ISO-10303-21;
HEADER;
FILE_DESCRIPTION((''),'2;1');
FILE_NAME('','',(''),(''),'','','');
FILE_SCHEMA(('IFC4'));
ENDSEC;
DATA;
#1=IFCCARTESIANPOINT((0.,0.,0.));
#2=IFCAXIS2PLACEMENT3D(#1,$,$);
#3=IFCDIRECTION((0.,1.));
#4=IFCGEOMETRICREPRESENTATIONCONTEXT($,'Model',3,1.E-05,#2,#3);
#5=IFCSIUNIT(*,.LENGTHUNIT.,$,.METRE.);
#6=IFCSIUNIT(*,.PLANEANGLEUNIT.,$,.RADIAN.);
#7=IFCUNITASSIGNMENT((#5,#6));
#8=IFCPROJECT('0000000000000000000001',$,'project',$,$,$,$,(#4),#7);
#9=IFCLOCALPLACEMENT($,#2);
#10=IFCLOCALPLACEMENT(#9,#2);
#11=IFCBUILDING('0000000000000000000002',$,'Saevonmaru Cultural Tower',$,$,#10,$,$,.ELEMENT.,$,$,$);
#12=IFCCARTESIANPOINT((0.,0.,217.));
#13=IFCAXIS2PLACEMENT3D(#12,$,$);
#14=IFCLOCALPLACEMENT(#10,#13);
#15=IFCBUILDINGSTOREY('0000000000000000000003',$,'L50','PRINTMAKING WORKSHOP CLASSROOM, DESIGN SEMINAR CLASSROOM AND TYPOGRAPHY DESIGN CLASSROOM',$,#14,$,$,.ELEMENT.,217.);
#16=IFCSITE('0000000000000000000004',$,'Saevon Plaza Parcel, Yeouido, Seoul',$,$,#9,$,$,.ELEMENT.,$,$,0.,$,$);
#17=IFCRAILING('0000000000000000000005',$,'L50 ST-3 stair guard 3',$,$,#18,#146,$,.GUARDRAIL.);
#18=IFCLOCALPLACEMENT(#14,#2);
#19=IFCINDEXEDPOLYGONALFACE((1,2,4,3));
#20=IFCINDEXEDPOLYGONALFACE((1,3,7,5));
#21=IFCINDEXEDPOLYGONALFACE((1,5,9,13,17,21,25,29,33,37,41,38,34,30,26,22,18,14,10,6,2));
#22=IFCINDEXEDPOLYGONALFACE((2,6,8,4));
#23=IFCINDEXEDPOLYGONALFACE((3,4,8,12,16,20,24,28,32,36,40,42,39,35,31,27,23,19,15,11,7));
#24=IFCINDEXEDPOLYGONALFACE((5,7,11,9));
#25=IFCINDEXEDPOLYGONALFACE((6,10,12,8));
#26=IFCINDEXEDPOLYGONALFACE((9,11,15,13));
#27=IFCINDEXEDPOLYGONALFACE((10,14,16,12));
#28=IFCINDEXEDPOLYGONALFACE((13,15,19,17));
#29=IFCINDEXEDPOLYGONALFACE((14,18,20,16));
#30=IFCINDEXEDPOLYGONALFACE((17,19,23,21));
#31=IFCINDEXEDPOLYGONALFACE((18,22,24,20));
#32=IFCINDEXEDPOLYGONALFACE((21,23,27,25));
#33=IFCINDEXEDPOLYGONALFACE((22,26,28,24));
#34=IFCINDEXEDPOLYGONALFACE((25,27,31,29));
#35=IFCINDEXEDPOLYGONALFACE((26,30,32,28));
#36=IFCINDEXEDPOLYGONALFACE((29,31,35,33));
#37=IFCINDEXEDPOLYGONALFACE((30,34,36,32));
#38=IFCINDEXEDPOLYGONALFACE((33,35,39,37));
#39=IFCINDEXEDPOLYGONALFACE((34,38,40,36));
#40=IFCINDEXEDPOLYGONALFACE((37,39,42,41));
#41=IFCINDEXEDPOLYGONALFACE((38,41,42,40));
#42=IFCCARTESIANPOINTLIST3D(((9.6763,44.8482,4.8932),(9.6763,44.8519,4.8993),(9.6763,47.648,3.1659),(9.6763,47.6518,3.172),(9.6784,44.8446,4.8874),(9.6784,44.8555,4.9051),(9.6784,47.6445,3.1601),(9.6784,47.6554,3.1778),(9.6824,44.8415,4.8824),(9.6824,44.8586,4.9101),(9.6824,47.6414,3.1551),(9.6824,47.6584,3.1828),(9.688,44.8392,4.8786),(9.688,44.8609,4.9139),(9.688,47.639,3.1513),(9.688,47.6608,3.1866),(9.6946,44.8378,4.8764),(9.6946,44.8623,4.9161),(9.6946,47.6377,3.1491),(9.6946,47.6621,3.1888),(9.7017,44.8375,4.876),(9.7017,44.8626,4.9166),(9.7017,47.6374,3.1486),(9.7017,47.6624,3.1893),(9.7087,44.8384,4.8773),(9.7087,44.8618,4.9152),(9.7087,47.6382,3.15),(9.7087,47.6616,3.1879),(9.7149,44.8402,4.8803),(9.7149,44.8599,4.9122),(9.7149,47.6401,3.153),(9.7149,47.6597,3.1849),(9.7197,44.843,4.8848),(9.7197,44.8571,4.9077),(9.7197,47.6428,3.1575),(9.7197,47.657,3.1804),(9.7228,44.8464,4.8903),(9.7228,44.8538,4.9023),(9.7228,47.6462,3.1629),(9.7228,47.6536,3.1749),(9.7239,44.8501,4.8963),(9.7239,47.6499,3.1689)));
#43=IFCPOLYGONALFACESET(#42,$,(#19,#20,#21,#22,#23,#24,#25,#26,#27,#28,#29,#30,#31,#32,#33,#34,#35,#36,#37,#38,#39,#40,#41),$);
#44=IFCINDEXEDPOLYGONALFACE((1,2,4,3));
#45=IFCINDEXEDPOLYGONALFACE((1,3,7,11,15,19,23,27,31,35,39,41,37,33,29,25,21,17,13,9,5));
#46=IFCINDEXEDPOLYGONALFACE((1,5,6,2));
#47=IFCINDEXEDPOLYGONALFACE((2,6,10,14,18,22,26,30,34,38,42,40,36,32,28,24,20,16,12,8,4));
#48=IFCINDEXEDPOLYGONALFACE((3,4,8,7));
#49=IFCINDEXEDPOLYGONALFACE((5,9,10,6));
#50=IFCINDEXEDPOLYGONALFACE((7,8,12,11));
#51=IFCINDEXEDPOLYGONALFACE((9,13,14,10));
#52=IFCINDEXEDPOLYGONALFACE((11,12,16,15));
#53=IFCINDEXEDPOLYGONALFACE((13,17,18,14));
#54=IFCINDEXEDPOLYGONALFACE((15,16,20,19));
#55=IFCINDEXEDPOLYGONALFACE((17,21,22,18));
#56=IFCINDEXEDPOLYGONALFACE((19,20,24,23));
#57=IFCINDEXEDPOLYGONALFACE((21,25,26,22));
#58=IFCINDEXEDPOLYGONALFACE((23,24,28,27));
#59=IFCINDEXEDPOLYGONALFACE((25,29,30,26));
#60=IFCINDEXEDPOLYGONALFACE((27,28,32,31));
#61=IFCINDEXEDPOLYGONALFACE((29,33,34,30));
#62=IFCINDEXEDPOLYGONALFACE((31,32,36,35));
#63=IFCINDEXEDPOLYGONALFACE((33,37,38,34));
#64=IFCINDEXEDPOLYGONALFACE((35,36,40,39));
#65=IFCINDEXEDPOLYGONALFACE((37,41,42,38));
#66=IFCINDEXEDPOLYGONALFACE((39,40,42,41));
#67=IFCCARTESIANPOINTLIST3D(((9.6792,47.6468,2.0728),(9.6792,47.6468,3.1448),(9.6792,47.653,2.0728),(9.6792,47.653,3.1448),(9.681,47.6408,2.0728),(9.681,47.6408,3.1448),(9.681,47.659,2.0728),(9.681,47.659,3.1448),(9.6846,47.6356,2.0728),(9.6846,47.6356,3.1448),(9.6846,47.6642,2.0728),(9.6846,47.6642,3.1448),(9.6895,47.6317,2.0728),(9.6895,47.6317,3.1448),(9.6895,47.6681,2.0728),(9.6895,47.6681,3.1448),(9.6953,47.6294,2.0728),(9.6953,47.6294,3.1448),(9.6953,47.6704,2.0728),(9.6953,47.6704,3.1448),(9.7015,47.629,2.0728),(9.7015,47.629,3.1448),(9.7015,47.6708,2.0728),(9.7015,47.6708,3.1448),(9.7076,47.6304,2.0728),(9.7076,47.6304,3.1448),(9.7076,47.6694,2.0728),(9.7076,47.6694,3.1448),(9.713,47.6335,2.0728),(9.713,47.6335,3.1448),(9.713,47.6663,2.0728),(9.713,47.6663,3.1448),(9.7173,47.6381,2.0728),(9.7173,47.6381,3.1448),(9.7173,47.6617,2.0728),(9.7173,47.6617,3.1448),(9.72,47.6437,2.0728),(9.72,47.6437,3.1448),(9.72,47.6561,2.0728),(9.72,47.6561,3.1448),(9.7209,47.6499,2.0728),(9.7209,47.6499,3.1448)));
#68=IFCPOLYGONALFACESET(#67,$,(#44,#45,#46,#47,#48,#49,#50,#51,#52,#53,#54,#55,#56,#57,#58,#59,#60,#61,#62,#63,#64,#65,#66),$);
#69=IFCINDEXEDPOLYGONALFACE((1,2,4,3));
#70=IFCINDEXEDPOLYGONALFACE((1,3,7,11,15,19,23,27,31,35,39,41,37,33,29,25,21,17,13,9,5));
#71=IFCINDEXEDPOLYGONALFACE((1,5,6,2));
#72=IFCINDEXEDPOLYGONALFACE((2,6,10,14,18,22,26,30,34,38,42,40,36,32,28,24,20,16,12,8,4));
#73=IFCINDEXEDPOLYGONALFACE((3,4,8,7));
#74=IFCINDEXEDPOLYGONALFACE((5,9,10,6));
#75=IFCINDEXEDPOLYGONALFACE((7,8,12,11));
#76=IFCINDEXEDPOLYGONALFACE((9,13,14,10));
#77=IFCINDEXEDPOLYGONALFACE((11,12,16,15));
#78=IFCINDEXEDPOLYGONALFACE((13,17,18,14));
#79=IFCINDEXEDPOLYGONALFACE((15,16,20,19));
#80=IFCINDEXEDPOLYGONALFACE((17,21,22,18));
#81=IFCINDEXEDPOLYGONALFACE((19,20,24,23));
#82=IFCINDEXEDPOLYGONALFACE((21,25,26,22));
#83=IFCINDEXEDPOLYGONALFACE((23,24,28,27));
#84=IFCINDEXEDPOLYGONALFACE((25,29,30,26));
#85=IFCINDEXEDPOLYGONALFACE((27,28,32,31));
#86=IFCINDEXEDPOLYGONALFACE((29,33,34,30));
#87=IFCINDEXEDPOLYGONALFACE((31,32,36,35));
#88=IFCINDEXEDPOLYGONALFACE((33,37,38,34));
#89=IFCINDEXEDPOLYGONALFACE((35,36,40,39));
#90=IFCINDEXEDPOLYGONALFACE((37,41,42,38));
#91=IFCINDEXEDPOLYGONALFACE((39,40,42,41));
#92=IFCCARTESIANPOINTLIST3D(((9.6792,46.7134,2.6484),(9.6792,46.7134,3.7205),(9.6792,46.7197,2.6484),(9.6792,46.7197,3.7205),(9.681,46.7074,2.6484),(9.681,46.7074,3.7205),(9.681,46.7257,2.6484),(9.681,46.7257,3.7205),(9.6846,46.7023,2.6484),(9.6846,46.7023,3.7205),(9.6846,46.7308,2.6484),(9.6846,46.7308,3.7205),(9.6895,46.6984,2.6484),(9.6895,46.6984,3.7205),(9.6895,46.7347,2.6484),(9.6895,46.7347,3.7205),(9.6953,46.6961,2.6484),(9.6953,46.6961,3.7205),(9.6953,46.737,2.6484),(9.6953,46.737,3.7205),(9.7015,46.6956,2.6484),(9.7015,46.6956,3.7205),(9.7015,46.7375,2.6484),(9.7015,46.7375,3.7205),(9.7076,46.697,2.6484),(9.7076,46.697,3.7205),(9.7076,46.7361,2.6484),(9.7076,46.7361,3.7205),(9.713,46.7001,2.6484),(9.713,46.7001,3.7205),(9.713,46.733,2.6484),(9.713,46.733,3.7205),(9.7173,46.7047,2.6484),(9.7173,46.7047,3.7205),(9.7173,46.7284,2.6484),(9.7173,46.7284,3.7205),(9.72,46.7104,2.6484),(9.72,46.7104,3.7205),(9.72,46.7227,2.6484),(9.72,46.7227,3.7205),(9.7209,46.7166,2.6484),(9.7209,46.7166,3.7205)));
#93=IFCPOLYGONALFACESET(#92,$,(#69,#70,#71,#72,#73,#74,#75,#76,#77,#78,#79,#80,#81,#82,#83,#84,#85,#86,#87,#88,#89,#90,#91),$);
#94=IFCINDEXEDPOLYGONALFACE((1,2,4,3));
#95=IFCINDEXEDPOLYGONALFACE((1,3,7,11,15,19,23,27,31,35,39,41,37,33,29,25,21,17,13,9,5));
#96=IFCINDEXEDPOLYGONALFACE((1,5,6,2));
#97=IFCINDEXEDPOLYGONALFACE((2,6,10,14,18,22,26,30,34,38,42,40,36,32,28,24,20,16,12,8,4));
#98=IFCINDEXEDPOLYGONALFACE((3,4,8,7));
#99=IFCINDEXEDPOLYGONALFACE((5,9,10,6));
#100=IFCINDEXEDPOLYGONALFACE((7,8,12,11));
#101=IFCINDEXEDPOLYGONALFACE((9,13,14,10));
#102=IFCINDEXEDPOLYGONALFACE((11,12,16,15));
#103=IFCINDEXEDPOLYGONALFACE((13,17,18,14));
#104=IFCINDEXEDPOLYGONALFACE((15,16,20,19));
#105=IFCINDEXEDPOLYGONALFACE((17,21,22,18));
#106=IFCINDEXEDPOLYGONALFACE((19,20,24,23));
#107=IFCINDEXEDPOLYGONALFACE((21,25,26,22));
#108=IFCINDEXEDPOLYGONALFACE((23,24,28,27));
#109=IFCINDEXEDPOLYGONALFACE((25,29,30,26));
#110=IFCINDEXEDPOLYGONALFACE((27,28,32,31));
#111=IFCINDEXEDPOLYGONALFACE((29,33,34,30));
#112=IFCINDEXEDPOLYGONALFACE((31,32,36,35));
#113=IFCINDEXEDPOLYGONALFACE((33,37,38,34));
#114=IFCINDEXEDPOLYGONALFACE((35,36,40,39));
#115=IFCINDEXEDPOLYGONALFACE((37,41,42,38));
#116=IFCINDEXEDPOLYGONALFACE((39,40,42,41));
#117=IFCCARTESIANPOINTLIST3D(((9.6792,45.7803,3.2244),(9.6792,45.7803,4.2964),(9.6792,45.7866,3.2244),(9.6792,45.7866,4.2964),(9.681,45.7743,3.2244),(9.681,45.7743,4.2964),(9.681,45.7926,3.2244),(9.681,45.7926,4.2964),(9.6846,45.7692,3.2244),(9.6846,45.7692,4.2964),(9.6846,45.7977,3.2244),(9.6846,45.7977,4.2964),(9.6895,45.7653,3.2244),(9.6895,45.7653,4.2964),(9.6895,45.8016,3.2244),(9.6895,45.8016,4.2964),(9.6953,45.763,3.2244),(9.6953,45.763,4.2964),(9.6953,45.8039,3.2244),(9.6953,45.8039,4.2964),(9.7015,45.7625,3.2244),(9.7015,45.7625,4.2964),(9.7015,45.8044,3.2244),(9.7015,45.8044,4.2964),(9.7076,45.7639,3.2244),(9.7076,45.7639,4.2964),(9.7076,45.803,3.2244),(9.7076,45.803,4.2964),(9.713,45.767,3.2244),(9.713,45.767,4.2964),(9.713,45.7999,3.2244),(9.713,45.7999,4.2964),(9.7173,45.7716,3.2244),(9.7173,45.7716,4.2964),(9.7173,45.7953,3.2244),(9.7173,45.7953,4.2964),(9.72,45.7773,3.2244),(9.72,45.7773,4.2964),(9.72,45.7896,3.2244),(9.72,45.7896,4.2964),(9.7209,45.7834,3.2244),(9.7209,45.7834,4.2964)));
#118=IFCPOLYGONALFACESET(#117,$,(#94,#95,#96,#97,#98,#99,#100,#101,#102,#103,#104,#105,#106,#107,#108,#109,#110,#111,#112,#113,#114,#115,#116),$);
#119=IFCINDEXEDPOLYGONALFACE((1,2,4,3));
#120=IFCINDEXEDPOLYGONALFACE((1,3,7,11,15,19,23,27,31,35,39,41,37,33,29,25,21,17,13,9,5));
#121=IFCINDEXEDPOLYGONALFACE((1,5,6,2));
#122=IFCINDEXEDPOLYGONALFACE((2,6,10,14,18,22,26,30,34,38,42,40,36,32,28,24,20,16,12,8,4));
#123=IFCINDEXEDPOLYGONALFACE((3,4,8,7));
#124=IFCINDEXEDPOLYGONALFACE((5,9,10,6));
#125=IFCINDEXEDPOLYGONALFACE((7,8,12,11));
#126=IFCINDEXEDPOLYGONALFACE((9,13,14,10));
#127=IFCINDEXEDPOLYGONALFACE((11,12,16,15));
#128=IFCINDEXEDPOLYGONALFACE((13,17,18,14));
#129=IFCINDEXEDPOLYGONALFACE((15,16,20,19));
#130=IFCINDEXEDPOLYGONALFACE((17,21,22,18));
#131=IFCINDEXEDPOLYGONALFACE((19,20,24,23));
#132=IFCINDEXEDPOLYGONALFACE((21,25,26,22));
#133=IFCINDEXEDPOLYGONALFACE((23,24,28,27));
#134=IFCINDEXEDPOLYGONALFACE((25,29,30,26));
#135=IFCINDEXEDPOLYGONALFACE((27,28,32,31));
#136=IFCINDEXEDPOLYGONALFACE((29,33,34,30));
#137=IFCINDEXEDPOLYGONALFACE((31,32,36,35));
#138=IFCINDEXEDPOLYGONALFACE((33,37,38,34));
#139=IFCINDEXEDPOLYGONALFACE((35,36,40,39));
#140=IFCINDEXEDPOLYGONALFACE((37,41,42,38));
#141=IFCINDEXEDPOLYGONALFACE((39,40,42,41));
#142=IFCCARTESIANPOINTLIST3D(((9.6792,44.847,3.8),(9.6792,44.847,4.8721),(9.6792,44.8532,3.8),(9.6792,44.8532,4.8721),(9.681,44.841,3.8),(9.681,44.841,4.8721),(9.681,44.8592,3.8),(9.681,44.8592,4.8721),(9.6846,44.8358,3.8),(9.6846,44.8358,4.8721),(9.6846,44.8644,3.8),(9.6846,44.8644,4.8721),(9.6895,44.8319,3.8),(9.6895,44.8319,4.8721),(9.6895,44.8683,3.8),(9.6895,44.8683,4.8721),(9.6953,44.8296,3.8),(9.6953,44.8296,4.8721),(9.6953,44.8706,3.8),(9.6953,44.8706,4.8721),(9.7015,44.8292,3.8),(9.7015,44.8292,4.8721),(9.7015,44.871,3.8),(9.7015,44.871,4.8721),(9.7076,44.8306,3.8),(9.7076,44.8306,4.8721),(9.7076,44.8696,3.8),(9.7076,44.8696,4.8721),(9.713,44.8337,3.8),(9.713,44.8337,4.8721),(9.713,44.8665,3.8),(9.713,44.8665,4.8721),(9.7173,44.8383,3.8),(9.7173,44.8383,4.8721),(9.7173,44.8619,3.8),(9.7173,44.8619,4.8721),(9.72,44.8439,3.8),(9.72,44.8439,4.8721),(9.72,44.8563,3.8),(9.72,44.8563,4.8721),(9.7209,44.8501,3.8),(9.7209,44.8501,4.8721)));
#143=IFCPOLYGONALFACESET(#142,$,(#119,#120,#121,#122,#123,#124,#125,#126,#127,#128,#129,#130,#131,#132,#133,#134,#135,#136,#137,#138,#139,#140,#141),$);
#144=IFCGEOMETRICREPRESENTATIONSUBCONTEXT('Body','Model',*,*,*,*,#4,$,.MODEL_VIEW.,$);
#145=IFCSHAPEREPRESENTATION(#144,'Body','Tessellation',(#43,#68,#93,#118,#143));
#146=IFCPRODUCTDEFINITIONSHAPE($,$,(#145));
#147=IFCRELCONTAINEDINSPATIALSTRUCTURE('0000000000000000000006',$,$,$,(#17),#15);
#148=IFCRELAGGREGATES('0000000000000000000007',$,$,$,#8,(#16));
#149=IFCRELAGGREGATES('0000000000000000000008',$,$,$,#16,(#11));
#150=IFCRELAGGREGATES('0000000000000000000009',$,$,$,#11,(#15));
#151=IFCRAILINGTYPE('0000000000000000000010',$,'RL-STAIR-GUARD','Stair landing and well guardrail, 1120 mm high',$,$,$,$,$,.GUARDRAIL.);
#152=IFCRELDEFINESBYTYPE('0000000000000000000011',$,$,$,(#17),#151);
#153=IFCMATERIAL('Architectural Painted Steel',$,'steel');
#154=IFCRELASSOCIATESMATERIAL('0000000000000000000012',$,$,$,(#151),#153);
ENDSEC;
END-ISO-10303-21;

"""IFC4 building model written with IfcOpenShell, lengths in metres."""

from ifc_helpers import new_model, si_unit, direction, frame, origin, origin_2d, place, context, subcontext, project, spatial, circle, extrude, material, type_object, element, save


model = new_model("IFC4")

# Units and contexts
model_context = context("Model", 3, precision=1e-05, world=origin(), true_north=direction((0.0, 1.0)))
body_context = subcontext(model_context, "Body", "Model", "MODEL_VIEW")
ifc_project = project(units=[si_unit("LENGTHUNIT", "METRE"), si_unit("PLANEANGLEUNIT", "RADIAN")], contexts=[model_context])

# Site, building, storey
site_placement = place(None, origin())
site = spatial("IfcSite", under=ifc_project, at=site_placement, Name="Saevon Plaza Parcel, Yeouido, Seoul", CompositionType="ELEMENT", RefElevation=0.0)
building_placement = place(site_placement, origin())
building = spatial("IfcBuilding", under=site, at=building_placement, Name="Saevonmaru Cultural Tower", CompositionType="ELEMENT")
storey_placement = place(building_placement, frame((0.0, 0.0, 217.0)))
storey = spatial("IfcBuildingStorey", under=building, at=storey_placement, Name="L50", Description="PRINTMAKING WORKSHOP CLASSROOM, DESIGN SEMINAR CLASSROOM AND TYPOGRAPHY DESIGN CLASSROOM", CompositionType="ELEMENT", Elevation=217.0)

# Railing
ifc_material_1 = material(Name="Architectural Painted Steel", Category="steel")
railing_type_1 = type_object("IfcRailingType", Name="RL-STAIR-GUARD", Description="Stair landing and well guardrail, 1120 mm high", PredefinedType="GUARDRAIL", material=ifc_material_1)
railing_1_placement = place(storey_placement, frame((9.7, 47.6499, 2.0728)))
element("IfcRailing", 1, at=railing_1_placement, inside=storey, type_object=railing_type_1, Name="L50 ST-3 stair guard 3", PredefinedType="GUARDRAIL", context=body_context, shape_type="SweptSolid", body=[
    extrude(circle(Radius=0.0239, at=origin_2d()), frame((0.0, 0.0, 1.0962), z_axis=(0.0, -0.851069, 0.525054), x_axis=(1.0, 0.0, 0.0)), (0.0, 0.0, 1.0), 3.2898),
    extrude(circle(Radius=0.021, at=origin_2d()), origin(), (0.0, 0.0, 1.0), 1.072),
    extrude(circle(Radius=0.021, at=origin_2d()), frame((0.0, -0.9333, 0.5757)), (0.0, 0.0, 1.0), 1.072),
    extrude(circle(Radius=0.021, at=origin_2d()), frame((0.0, -1.8665, 1.1516)), (0.0, 0.0, 1.0), 1.072),
    extrude(circle(Radius=0.021, at=origin_2d()), frame((0.0, -2.7998, 1.7273)), (0.0, 0.0, 1.0), 1.072),
])

save(model, "model.ifc")
